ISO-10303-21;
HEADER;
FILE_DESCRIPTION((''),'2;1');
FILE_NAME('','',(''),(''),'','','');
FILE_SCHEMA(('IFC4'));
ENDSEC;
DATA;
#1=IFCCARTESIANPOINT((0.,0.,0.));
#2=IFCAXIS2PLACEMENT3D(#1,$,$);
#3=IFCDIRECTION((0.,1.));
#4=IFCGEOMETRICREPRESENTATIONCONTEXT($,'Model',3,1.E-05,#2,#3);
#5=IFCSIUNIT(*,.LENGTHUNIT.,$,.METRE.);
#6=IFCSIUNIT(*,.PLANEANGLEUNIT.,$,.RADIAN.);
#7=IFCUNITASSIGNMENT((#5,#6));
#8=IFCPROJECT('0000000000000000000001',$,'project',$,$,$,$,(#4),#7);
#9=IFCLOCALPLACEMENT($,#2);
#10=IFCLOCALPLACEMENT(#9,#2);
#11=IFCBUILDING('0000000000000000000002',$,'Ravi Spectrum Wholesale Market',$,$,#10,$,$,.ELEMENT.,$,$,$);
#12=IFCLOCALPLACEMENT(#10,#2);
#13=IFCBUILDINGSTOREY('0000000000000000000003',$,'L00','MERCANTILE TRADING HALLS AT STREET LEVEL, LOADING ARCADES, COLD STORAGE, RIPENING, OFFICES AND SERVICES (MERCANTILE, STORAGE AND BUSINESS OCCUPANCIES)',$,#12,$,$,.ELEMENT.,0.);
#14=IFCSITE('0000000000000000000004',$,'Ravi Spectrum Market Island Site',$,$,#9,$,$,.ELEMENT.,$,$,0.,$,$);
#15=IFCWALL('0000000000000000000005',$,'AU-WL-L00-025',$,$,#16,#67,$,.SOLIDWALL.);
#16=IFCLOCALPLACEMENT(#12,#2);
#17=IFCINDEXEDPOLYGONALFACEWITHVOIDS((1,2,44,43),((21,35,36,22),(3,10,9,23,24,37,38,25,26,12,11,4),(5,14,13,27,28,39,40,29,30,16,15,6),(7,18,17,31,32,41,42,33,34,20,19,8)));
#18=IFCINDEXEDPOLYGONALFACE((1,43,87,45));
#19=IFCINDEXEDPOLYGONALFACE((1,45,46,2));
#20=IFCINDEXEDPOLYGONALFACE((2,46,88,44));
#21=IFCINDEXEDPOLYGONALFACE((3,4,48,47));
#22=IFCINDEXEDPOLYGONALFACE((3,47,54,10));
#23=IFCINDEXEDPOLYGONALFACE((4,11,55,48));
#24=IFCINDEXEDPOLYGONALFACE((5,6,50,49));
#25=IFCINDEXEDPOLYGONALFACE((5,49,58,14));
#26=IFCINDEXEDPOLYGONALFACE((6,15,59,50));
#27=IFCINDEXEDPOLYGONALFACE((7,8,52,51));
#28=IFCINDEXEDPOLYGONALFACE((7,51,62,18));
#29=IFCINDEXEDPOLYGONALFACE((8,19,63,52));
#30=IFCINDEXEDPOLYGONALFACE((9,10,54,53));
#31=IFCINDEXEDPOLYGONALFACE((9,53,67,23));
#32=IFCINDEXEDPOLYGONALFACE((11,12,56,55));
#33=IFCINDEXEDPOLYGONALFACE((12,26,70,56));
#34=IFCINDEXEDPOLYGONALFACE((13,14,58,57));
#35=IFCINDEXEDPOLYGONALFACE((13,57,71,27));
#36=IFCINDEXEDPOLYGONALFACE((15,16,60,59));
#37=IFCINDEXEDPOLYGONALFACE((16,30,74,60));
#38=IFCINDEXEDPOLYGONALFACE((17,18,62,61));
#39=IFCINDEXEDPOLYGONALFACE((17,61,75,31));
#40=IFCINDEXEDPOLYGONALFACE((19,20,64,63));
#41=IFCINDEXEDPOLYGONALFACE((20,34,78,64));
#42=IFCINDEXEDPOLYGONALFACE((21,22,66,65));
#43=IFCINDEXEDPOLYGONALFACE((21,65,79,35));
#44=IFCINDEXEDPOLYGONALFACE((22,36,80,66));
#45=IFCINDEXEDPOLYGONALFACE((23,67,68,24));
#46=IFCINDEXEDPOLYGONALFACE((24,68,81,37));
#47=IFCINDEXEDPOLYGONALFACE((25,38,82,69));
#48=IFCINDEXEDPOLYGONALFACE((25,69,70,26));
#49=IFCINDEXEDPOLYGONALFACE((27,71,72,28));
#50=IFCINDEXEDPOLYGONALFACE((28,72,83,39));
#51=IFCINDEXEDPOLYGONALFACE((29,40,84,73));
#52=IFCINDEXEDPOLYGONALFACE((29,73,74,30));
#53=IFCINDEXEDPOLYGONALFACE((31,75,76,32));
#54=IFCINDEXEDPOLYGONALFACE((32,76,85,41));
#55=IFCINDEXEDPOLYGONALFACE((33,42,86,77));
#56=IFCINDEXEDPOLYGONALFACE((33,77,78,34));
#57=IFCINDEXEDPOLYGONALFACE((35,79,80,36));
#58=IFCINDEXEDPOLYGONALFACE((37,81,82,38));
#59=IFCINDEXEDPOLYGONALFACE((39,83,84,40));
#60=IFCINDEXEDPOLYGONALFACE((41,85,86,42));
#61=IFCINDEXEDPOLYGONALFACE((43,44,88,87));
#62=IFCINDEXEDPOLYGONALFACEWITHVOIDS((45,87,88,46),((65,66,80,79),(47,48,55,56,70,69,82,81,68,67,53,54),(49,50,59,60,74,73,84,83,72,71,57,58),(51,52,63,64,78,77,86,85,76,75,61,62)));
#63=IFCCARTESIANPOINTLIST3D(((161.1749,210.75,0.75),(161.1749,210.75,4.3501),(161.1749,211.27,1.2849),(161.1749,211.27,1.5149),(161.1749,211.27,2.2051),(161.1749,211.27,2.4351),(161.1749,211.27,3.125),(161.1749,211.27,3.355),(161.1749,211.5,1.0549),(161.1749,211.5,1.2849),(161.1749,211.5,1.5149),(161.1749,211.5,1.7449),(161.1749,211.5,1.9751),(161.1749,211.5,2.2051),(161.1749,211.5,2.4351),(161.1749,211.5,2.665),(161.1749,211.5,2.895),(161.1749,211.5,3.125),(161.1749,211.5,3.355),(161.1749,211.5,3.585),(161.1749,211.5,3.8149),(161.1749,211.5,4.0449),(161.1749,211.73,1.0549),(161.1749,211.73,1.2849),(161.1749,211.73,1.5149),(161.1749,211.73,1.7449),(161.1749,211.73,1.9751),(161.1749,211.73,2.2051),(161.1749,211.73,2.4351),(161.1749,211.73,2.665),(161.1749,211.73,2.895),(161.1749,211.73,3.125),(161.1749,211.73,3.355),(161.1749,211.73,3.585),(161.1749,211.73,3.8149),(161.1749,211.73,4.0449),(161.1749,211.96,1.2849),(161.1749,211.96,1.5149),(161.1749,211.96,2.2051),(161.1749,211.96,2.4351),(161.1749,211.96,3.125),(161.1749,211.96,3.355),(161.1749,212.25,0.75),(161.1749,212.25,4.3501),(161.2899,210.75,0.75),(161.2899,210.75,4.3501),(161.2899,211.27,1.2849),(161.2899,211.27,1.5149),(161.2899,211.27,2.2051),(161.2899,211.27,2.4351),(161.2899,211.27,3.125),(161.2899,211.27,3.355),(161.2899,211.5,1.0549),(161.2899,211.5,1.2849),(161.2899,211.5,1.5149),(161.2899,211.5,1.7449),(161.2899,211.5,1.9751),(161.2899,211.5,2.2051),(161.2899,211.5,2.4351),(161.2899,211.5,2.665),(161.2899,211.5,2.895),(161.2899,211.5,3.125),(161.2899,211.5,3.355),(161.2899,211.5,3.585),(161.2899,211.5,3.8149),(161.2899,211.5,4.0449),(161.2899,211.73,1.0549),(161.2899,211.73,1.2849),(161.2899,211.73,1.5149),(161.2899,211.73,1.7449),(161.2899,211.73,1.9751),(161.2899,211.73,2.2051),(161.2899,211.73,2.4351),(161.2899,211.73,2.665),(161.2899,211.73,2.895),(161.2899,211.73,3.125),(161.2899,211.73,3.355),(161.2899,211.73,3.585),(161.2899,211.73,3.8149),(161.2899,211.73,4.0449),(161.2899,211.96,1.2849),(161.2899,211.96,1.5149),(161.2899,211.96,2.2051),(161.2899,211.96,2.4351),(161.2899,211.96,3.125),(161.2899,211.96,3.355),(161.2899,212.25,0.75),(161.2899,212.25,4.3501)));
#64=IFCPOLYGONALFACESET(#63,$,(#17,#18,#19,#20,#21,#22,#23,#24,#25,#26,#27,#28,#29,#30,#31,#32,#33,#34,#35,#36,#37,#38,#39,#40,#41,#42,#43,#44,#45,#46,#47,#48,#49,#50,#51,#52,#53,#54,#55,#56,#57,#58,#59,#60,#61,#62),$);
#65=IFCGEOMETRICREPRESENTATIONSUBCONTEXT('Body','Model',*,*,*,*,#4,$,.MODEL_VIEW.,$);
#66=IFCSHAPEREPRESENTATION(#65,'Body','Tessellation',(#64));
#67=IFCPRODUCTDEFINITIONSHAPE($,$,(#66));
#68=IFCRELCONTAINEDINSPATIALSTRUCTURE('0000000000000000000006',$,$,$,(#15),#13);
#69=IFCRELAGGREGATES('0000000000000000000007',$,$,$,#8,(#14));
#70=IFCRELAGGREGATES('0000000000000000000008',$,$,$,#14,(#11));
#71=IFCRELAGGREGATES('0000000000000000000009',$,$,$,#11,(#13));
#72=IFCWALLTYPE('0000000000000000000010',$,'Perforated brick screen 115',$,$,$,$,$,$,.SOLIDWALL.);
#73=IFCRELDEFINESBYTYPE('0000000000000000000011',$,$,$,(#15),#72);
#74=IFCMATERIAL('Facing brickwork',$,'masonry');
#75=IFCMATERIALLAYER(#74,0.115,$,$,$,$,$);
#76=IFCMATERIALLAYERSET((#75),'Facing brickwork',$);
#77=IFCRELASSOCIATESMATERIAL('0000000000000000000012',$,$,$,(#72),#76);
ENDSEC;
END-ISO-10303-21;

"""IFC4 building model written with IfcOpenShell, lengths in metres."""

from ifc_helpers import new_model, si_unit, direction, frame, frame_2d, origin, place, context, subcontext, project, spatial, rectangle, extrude, material, layer, layer_set, type_object, element, save


model = new_model("IFC4")

# Units and contexts
model_context = context("Model", 3, precision=1e-05, world=origin(), true_north=direction((0.0, 1.0)))
body_context = subcontext(model_context, "Body", "Model", "MODEL_VIEW")
ifc_project = project(units=[si_unit("LENGTHUNIT", "METRE"), si_unit("PLANEANGLEUNIT", "RADIAN")], contexts=[model_context])

# Site, building, storey
site_placement = place(None, origin())
site = spatial("IfcSite", under=ifc_project, at=site_placement, Name="Ravi Spectrum Market Island Site", CompositionType="ELEMENT", RefElevation=0.0)
building_placement = place(site_placement, origin())
building = spatial("IfcBuilding", under=site, at=building_placement, Name="Ravi Spectrum Wholesale Market", CompositionType="ELEMENT")
storey_placement = place(building_placement, origin())
storey = spatial("IfcBuildingStorey", under=building, at=storey_placement, Name="L00", Description="MERCANTILE TRADING HALLS AT STREET LEVEL, LOADING ARCADES, COLD STORAGE, RIPENING, OFFICES AND SERVICES (MERCANTILE, STORAGE AND BUSINESS OCCUPANCIES)", CompositionType="ELEMENT", Elevation=0.0)

# Wall, openings
ifc_material_1 = material(Name="Facing brickwork", Category="masonry")
ifc_layer = layer(ifc_material_1, 0.115)
ifc_layer_set = layer_set([ifc_layer], Name="Facing brickwork")
wall_type = type_object("IfcWallType", Name="Perforated brick screen 115", PredefinedType="SOLIDWALL", material=ifc_layer_set)
wall_1_placement = place(storey_placement, frame((161.2324, 212.25, 0.75), z_axis=(0.0, 0.0, 1.0), x_axis=(0.0, -1.0, 0.0)))
wall_1 = element("IfcWall", 1, at=wall_1_placement, inside=storey, type_object=wall_type, Name="AU-WL-L00-025", PredefinedType="SOLIDWALL", context=body_context, shape_type="SweptSolid", body=[
    extrude(rectangle(XDim=1.5, YDim=0.115, at=frame_2d((0.75, 0.0))), origin(), (0.0, 0.0, 1.0), 3.6001),
])
opening_1_placement = place(wall_1_placement, frame((0.52, 0.0, 0.3049)))
element("IfcOpeningElement", 2, at=opening_1_placement, cuts=wall_1, PredefinedType="OPENING", context=body_context, shape_type="SweptSolid", body=[
    extrude(rectangle(XDim=0.23, YDim=0.23, at=frame_2d((0.115, 0.115))), frame((0.0, 0.0674, 0.0), z_axis=(0.0, -1.0, 0.0), x_axis=(1.0, 0.0, 0.0)), (0.0, 0.0, 1.0), 0.135),
])
opening_2_placement = place(wall_1_placement, frame((0.29, 0.0, 0.5349)))
element("IfcOpeningElement", 3, at=opening_2_placement, cuts=wall_1, PredefinedType="OPENING", context=body_context, shape_type="SweptSolid", body=[
    extrude(rectangle(XDim=0.23, YDim=0.23, at=frame_2d((0.115, 0.115))), frame((0.0, 0.0674, 0.0), z_axis=(0.0, -1.0, 0.0), x_axis=(1.0, 0.0, 0.0)), (0.0, 0.0, 1.0), 0.135),
])
opening_3_placement = place(wall_1_placement, frame((0.52, 0.0, 0.5349)))
element("IfcOpeningElement", 4, at=opening_3_placement, cuts=wall_1, PredefinedType="OPENING", context=body_context, shape_type="SweptSolid", body=[
    extrude(rectangle(XDim=0.23, YDim=0.23, at=frame_2d((0.115, 0.115))), frame((0.0, 0.0674, 0.0), z_axis=(0.0, -1.0, 0.0), x_axis=(1.0, 0.0, 0.0)), (0.0, 0.0, 1.0), 0.135),
])
opening_4_placement = place(wall_1_placement, frame((0.75, 0.0, 0.5349)))
element("IfcOpeningElement", 5, at=opening_4_placement, cuts=wall_1, PredefinedType="OPENING", context=body_context, shape_type="SweptSolid", body=[
    extrude(rectangle(XDim=0.23, YDim=0.23, at=frame_2d((0.115, 0.115))), frame((0.0, 0.0674, 0.0), z_axis=(0.0, -1.0, 0.0), x_axis=(1.0, 0.0, 0.0)), (0.0, 0.0, 1.0), 0.135),
])
opening_5_placement = place(wall_1_placement, frame((0.52, 0.0, 0.7649)))
element("IfcOpeningElement", 6, at=opening_5_placement, cuts=wall_1, PredefinedType="OPENING", context=body_context, shape_type="SweptSolid", body=[
    extrude(rectangle(XDim=0.23, YDim=0.23, at=frame_2d((0.115, 0.115))), frame((0.0, 0.0674, 0.0), z_axis=(0.0, -1.0, 0.0), x_axis=(1.0, 0.0, 0.0)), (0.0, 0.0, 1.0), 0.135),
])
opening_6_placement = place(wall_1_placement, frame((0.52, 0.0, 1.2251)))
element("IfcOpeningElement", 7, at=opening_6_placement, cuts=wall_1, PredefinedType="OPENING", context=body_context, shape_type="SweptSolid", body=[
    extrude(rectangle(XDim=0.23, YDim=0.23, at=frame_2d((0.115, 0.115))), frame((0.0, 0.0674, 0.0), z_axis=(0.0, -1.0, 0.0), x_axis=(1.0, 0.0, 0.0)), (0.0, 0.0, 1.0), 0.135),
])
opening_7_placement = place(wall_1_placement, frame((0.29, 0.0, 1.4551)))
element("IfcOpeningElement", 8, at=opening_7_placement, cuts=wall_1, PredefinedType="OPENING", context=body_context, shape_type="SweptSolid", body=[
    extrude(rectangle(XDim=0.23, YDim=0.23, at=frame_2d((0.115, 0.115))), frame((0.0, 0.0674, 0.0), z_axis=(0.0, -1.0, 0.0), x_axis=(1.0, 0.0, 0.0)), (0.0, 0.0, 1.0), 0.135),
])
opening_8_placement = place(wall_1_placement, frame((0.52, 0.0, 1.4551)))
element("IfcOpeningElement", 9, at=opening_8_placement, cuts=wall_1, PredefinedType="OPENING", context=body_context, shape_type="SweptSolid", body=[
    extrude(rectangle(XDim=0.23, YDim=0.23, at=frame_2d((0.115, 0.115))), frame((0.0, 0.0674, 0.0), z_axis=(0.0, -1.0, 0.0), x_axis=(1.0, 0.0, 0.0)), (0.0, 0.0, 1.0), 0.135),
])
opening_9_placement = place(wall_1_placement, frame((0.75, 0.0, 1.4551)))
element("IfcOpeningElement", 10, at=opening_9_placement, cuts=wall_1, PredefinedType="OPENING", context=body_context, shape_type="SweptSolid", body=[
    extrude(rectangle(XDim=0.23, YDim=0.23, at=frame_2d((0.115, 0.115))), frame((0.0, 0.0674, 0.0), z_axis=(0.0, -1.0, 0.0), x_axis=(1.0, 0.0, 0.0)), (0.0, 0.0, 1.0), 0.135),
])
opening_10_placement = place(wall_1_placement, frame((0.52, 0.0, 1.6851)))
element("IfcOpeningElement", 11, at=opening_10_placement, cuts=wall_1, PredefinedType="OPENING", context=body_context, shape_type="SweptSolid", body=[
    extrude(rectangle(XDim=0.23, YDim=0.23, at=frame_2d((0.115, 0.115))), frame((0.0, 0.0674, 0.0), z_axis=(0.0, -1.0, 0.0), x_axis=(1.0, 0.0, 0.0)), (0.0, 0.0, 1.0), 0.135),
])
opening_11_placement = place(wall_1_placement, frame((0.52, 0.0, 2.145)))
element("IfcOpeningElement", 12, at=opening_11_placement, cuts=wall_1, PredefinedType="OPENING", context=body_context, shape_type="SweptSolid", body=[
    extrude(rectangle(XDim=0.23, YDim=0.23, at=frame_2d((0.115, 0.115))), frame((0.0, 0.0674, 0.0), z_axis=(0.0, -1.0, 0.0), x_axis=(1.0, 0.0, 0.0)), (0.0, 0.0, 1.0), 0.135),
])
opening_12_placement = place(wall_1_placement, frame((0.29, 0.0, 2.375)))
element("IfcOpeningElement", 13, at=opening_12_placement, cuts=wall_1, PredefinedType="OPENING", context=body_context, shape_type="SweptSolid", body=[
    extrude(rectangle(XDim=0.23, YDim=0.23, at=frame_2d((0.115, 0.115))), frame((0.0, 0.0674, 0.0), z_axis=(0.0, -1.0, 0.0), x_axis=(1.0, 0.0, 0.0)), (0.0, 0.0, 1.0), 0.135),
])
opening_13_placement = place(wall_1_placement, frame((0.52, 0.0, 2.375)))
element("IfcOpeningElement", 14, at=opening_13_placement, cuts=wall_1, PredefinedType="OPENING", context=body_context, shape_type="SweptSolid", body=[
    extrude(rectangle(XDim=0.23, YDim=0.23, at=frame_2d((0.115, 0.115))), frame((0.0, 0.0674, 0.0), z_axis=(0.0, -1.0, 0.0), x_axis=(1.0, 0.0, 0.0)), (0.0, 0.0, 1.0), 0.135),
])
opening_14_placement = place(wall_1_placement, frame((0.75, 0.0, 2.375)))
element("IfcOpeningElement", 15, at=opening_14_placement, cuts=wall_1, PredefinedType="OPENING", context=body_context, shape_type="SweptSolid", body=[
    extrude(rectangle(XDim=0.23, YDim=0.23, at=frame_2d((0.115, 0.115))), frame((0.0, 0.0674, 0.0), z_axis=(0.0, -1.0, 0.0), x_axis=(1.0, 0.0, 0.0)), (0.0, 0.0, 1.0), 0.135),
])
opening_15_placement = place(wall_1_placement, frame((0.52, 0.0, 2.605)))
element("IfcOpeningElement", 16, at=opening_15_placement, cuts=wall_1, PredefinedType="OPENING", context=body_context, shape_type="SweptSolid", body=[
    extrude(rectangle(XDim=0.23, YDim=0.23, at=frame_2d((0.115, 0.115))), frame((0.0, 0.0674, 0.0), z_axis=(0.0, -1.0, 0.0), x_axis=(1.0, 0.0, 0.0)), (0.0, 0.0, 1.0), 0.135),
])
opening_16_placement = place(wall_1_placement, frame((0.52, 0.0, 3.0649)))
element("IfcOpeningElement", 17, at=opening_16_placement, cuts=wall_1, PredefinedType="OPENING", context=body_context, shape_type="SweptSolid", body=[
    extrude(rectangle(XDim=0.23, YDim=0.23, at=frame_2d((0.115, 0.115))), frame((0.0, 0.0674, 0.0), z_axis=(0.0, -1.0, 0.0), x_axis=(1.0, 0.0, 0.0)), (0.0, 0.0, 1.0), 0.135),
])

save(model, "model.ifc")
